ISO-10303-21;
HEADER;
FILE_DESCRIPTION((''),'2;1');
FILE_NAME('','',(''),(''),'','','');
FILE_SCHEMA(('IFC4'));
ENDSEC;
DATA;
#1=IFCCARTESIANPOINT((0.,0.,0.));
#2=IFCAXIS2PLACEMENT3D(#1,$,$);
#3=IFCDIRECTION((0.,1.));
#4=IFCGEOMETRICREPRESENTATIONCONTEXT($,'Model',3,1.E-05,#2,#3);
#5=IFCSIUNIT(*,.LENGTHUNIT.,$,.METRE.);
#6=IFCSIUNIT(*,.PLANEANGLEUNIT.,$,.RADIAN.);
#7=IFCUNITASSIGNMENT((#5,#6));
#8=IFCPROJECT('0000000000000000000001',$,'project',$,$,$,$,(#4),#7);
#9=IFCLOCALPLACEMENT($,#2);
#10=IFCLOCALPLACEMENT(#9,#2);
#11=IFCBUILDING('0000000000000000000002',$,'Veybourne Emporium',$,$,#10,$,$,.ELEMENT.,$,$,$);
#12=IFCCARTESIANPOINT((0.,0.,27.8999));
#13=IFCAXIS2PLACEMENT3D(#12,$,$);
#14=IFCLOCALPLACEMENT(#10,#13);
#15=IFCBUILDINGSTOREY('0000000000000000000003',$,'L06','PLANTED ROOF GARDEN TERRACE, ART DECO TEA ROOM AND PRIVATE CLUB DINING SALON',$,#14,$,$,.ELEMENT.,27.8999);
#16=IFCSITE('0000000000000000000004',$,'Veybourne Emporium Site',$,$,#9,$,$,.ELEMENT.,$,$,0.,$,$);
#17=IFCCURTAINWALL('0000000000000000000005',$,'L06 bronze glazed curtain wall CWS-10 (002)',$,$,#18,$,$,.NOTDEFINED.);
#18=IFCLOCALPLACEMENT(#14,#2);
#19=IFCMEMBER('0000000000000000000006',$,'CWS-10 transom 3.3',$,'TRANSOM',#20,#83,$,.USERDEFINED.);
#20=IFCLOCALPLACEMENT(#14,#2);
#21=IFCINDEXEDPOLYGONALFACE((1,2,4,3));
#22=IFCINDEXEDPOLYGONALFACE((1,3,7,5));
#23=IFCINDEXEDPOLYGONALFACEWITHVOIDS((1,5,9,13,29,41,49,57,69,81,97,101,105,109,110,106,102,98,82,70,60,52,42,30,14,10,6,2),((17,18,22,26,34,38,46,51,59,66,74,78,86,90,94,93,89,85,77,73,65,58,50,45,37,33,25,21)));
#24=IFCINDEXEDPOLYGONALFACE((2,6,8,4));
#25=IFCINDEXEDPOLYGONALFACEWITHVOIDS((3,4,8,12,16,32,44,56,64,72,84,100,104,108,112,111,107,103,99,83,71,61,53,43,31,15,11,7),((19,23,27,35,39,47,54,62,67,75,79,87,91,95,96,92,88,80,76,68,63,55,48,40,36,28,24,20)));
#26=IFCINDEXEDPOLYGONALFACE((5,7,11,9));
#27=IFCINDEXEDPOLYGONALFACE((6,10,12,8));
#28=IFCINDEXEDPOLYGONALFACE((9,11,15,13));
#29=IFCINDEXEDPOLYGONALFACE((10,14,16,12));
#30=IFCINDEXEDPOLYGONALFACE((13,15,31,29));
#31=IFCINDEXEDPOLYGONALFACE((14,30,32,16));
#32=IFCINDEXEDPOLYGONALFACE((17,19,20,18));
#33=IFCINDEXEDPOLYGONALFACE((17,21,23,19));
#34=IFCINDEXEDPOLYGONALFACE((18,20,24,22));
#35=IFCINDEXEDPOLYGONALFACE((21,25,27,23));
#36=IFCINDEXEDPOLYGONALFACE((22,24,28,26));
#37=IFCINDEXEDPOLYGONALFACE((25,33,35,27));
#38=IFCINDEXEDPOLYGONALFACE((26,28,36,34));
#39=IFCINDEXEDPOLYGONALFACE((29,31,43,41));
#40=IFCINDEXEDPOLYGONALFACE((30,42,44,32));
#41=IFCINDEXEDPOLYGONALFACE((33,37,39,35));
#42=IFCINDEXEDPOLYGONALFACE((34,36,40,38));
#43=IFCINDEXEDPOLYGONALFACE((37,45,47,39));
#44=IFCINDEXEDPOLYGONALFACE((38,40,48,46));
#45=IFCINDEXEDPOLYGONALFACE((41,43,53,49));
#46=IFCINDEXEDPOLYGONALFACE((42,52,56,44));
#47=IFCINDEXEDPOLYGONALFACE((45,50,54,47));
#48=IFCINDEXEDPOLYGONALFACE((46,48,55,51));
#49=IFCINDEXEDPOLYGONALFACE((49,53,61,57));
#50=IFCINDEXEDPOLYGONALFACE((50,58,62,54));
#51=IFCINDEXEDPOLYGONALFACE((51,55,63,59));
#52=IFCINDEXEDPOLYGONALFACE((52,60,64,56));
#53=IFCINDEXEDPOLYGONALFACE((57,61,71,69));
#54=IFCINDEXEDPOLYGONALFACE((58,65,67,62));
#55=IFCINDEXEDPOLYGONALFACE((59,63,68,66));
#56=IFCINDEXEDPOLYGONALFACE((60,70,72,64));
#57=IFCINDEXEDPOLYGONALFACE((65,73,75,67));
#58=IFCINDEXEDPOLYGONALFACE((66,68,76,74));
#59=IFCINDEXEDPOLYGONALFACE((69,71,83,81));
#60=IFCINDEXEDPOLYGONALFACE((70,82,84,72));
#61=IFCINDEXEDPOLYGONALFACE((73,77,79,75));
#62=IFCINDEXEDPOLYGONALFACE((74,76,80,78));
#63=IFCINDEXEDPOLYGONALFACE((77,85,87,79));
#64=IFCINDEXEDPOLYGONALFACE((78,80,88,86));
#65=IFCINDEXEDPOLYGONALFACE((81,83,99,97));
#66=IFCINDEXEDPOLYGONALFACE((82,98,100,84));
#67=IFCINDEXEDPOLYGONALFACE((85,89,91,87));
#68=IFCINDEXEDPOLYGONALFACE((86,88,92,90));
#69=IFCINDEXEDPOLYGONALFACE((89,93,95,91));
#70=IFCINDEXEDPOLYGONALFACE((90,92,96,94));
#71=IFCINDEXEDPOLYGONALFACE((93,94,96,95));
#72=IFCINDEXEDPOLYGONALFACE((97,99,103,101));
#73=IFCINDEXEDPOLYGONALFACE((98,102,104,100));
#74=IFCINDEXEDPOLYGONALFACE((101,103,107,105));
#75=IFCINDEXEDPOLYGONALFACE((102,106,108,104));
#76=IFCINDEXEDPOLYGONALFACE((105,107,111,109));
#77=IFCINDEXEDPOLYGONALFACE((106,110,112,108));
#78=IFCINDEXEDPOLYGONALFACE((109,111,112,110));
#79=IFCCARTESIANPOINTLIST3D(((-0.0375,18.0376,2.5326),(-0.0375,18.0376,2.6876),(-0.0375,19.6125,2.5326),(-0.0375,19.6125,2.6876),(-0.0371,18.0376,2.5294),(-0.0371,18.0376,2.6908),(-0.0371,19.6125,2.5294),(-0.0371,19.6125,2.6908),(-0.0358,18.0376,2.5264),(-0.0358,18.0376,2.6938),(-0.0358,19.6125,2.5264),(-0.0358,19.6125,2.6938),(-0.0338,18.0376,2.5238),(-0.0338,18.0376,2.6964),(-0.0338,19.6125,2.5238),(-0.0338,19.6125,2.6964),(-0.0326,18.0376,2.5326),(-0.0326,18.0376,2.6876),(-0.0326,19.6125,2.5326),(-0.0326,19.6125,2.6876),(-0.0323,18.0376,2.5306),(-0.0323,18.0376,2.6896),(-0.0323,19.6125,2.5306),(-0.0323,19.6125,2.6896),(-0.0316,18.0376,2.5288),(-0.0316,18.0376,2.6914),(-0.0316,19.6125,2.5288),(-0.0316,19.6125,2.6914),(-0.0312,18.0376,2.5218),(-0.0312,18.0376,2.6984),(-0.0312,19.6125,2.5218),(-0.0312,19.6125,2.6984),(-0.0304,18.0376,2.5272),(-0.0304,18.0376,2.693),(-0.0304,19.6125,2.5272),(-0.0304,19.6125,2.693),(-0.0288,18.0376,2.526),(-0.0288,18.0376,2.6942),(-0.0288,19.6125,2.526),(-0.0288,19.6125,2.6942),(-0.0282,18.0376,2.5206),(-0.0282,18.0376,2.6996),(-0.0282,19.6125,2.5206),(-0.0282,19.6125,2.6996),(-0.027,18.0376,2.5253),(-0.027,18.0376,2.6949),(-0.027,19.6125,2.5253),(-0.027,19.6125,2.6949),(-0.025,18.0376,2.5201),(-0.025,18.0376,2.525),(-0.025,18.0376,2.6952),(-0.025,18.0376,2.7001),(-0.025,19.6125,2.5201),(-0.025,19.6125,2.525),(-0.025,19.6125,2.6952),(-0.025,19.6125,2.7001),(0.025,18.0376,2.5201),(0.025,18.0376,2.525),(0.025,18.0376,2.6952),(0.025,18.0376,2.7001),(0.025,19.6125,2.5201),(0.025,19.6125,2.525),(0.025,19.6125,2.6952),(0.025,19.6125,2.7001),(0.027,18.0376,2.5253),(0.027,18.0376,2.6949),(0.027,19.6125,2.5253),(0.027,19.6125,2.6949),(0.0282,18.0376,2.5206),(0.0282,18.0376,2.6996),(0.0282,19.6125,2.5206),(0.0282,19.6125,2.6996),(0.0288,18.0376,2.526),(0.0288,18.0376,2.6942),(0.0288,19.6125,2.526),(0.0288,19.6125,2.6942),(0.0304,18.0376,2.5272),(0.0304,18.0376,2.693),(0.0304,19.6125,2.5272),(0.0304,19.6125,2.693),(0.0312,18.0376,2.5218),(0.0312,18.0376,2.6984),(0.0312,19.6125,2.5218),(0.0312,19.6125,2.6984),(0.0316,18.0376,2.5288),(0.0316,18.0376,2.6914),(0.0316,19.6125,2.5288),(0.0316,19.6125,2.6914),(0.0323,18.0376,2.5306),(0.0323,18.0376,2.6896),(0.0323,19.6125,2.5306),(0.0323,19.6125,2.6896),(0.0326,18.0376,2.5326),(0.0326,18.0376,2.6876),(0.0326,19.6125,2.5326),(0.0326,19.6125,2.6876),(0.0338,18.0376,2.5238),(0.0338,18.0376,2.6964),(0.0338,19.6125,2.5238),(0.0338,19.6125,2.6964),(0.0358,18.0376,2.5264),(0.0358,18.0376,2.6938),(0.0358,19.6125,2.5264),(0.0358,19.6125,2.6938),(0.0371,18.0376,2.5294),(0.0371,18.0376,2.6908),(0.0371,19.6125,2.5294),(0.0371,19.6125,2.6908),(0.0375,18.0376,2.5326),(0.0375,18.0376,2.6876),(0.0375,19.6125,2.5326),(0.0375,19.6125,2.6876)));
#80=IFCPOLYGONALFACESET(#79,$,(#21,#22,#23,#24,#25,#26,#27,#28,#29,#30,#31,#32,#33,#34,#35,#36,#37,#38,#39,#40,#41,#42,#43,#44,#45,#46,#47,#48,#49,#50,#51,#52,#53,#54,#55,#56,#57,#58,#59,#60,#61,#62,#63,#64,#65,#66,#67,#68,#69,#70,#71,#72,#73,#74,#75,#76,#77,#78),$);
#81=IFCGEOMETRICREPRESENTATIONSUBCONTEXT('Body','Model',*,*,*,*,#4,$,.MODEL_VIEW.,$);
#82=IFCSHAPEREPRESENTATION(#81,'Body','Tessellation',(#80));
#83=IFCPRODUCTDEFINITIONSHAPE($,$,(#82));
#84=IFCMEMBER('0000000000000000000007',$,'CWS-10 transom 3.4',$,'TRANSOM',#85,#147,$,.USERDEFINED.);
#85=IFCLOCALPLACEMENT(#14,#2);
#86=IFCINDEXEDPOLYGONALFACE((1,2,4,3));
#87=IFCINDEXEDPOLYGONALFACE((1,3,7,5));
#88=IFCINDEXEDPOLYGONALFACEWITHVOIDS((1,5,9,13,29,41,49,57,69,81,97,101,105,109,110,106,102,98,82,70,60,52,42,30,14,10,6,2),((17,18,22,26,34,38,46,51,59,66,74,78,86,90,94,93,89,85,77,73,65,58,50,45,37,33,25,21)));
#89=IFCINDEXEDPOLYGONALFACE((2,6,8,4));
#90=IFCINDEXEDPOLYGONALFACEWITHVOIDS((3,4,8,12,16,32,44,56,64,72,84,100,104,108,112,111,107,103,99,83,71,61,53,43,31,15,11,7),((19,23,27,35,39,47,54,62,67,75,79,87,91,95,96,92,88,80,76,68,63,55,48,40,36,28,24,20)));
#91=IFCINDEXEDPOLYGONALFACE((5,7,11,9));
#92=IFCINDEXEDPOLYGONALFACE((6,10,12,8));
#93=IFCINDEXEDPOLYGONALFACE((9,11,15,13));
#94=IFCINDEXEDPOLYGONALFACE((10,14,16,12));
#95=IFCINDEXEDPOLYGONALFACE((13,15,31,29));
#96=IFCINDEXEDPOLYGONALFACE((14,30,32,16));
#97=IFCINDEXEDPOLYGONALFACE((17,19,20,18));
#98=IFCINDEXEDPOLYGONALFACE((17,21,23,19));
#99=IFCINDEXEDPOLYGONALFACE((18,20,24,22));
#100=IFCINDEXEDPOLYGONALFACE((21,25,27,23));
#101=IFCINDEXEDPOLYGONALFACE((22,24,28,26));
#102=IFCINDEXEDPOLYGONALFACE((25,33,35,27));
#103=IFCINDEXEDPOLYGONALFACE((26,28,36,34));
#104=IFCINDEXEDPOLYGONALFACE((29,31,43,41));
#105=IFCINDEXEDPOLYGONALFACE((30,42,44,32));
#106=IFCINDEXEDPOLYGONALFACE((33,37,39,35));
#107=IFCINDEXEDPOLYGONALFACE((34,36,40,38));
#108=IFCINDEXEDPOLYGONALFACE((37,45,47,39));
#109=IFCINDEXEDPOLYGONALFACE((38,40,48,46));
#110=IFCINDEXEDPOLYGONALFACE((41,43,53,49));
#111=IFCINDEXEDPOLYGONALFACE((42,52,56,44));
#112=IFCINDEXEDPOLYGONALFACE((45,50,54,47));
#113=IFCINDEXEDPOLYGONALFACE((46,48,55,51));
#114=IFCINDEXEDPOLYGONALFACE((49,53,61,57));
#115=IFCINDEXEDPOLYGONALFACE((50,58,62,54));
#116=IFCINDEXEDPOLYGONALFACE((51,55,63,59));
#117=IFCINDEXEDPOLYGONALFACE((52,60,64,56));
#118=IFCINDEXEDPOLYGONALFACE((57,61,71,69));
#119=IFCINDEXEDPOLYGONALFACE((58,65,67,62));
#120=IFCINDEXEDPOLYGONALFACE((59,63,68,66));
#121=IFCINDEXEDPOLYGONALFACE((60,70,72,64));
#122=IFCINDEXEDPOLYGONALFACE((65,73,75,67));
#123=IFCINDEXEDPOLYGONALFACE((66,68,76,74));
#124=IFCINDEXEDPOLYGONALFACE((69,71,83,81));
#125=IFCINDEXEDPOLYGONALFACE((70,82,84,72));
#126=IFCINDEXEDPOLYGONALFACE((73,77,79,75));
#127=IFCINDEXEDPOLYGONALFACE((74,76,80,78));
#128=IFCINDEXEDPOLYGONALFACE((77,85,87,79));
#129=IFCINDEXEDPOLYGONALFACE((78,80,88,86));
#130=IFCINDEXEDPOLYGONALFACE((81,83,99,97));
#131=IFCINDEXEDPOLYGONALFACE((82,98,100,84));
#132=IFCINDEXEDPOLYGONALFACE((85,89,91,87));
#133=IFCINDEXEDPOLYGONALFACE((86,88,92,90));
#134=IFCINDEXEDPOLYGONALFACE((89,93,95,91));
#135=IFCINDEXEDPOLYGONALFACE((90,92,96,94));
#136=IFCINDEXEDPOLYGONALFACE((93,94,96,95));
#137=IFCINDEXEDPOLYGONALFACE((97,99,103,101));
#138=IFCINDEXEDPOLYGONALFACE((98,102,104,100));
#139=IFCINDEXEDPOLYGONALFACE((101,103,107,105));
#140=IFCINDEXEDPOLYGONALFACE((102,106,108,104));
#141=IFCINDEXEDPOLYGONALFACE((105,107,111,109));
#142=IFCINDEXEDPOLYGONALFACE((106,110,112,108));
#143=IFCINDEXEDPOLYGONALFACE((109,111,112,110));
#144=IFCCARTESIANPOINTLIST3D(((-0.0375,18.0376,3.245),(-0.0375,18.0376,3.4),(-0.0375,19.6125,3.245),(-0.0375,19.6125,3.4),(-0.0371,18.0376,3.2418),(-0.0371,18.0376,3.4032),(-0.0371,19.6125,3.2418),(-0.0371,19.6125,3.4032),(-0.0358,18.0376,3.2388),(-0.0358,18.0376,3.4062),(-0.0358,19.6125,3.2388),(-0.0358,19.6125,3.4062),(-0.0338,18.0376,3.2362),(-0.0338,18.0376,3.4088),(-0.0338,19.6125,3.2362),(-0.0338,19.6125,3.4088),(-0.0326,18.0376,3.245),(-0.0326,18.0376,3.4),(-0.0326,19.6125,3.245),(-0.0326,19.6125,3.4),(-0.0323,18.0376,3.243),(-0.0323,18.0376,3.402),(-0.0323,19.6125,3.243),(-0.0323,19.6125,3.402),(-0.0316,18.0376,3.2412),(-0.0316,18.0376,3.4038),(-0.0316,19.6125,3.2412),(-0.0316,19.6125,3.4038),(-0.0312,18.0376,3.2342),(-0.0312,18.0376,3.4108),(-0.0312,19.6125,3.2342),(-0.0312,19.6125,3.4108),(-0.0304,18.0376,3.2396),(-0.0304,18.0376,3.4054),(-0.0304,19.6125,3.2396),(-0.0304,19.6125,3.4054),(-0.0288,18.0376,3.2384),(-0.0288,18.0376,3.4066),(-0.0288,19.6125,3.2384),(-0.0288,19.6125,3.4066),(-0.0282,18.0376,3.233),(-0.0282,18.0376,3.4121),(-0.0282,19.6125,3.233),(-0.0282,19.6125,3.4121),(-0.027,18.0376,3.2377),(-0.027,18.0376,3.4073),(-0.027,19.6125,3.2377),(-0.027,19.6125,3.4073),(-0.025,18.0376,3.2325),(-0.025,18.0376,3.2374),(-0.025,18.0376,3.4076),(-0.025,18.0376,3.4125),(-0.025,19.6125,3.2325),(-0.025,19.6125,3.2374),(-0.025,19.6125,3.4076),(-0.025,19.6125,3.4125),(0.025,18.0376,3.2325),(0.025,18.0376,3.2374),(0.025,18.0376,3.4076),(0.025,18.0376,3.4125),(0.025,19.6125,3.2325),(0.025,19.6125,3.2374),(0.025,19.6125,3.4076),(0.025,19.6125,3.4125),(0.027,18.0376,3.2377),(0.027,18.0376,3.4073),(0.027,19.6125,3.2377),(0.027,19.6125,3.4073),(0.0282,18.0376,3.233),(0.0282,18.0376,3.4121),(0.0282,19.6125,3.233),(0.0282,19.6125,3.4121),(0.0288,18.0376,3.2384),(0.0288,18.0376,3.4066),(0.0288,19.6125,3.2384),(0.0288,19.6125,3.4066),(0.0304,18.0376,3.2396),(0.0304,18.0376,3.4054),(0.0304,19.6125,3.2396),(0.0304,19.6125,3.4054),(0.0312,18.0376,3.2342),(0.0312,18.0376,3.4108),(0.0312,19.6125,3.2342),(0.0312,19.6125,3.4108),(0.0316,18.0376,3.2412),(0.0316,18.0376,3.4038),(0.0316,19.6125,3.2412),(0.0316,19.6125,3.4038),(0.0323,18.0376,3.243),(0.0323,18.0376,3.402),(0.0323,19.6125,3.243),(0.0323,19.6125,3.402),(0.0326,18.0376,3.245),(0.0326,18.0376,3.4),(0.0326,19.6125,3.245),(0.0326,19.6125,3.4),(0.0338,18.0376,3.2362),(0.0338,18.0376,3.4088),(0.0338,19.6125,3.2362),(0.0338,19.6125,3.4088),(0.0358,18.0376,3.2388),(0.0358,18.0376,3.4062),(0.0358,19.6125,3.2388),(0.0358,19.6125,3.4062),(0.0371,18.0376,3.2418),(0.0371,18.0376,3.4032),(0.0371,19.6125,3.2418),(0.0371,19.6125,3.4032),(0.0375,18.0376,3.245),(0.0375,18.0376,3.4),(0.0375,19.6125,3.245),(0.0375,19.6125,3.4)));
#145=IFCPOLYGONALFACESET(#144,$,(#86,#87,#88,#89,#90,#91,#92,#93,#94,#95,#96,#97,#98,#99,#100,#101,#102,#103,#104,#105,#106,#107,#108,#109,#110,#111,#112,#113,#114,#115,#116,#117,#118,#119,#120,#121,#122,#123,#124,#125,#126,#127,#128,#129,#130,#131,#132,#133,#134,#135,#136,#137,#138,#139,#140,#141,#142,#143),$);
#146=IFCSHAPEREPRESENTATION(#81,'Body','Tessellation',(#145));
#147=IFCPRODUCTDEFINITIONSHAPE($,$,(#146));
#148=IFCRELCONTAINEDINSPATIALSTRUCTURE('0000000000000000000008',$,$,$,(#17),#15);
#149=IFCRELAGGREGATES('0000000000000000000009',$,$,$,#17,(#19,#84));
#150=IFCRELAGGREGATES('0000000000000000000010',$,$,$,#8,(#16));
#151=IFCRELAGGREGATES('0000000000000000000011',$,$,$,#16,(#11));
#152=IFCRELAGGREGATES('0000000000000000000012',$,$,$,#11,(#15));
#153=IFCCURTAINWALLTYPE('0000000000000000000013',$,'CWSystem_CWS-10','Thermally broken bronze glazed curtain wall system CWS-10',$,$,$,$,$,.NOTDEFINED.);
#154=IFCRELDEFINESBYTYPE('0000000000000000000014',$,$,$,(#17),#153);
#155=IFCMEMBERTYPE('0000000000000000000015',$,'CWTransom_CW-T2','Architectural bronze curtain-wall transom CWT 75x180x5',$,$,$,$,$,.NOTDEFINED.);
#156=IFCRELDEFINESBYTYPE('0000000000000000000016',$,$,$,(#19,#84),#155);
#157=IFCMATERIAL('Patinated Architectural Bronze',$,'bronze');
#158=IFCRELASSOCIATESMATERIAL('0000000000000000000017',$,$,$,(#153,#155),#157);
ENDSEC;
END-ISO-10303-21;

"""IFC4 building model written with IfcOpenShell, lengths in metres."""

from ifc_helpers import new_model, si_unit, direction, frame, origin, origin_2d, place, context, subcontext, project, spatial, hollow_rectangle, extrude, material, material_profile, profile_set, type_object, element, aggregate, save


model = new_model("IFC4")

# Units and contexts
model_context = context("Model", 3, precision=1e-05, world=origin(), true_north=direction((0.0, 1.0)))
body_context = subcontext(model_context, "Body", "Model", "MODEL_VIEW")
ifc_project = project(units=[si_unit("LENGTHUNIT", "METRE"), si_unit("PLANEANGLEUNIT", "RADIAN")], contexts=[model_context])

# Site, building, storey
site_placement = place(None, origin())
site = spatial("IfcSite", under=ifc_project, at=site_placement, Name="Veybourne Emporium Site", CompositionType="ELEMENT", RefElevation=0.0)
building_placement = place(site_placement, origin())
building = spatial("IfcBuilding", under=site, at=building_placement, Name="Veybourne Emporium", CompositionType="ELEMENT")
storey_placement = place(building_placement, frame((0.0, 0.0, 27.8999)))
storey = spatial("IfcBuildingStorey", under=building, at=storey_placement, Name="L06", Description="PLANTED ROOF GARDEN TERRACE, ART DECO TEA ROOM AND PRIVATE CLUB DINING SALON", CompositionType="ELEMENT", Elevation=27.8999)

# Curtain wall, members
ifc_material_1 = material(Name="Patinated Architectural Bronze", Category="bronze")
curtain_wall_type = type_object("IfcCurtainWallType", Name="CWSystem_CWS-10", Description="Thermally broken bronze glazed curtain wall system CWS-10", PredefinedType="NOTDEFINED", material=ifc_material_1)
curtain_wall_placement = place(storey_placement, origin())
curtain_wall = element("IfcCurtainWall", 1, at=curtain_wall_placement, inside=storey, type_object=curtain_wall_type, Name="L06 bronze glazed curtain wall CWS-10 (002)", PredefinedType="NOTDEFINED")
ifc_material_profile_1 = material_profile(ifc_material_1, hollow_rectangle(XDim=0.075, YDim=0.1799, WallThickness=0.0049, InnerFilletRadius=0.0076, OuterFilletRadius=0.0125, at=origin_2d()), Name="CWT 75x180x5")
ifc_profile_set_1 = profile_set([ifc_material_profile_1], Name="Patinated Architectural Bronze")
member_type_1 = type_object("IfcMemberType", Name="CWTransom_CW-T2", Description="Architectural bronze curtain-wall transom CWT 75x180x5", PredefinedType="NOTDEFINED", material=ifc_profile_set_1)
member_1_placement = place(storey_placement, frame((0.0, 18.0376, 2.6101), z_axis=(0.0, 1.0, 0.0), x_axis=(-1.0, 0.0, 0.0)))
member_1 = element("IfcMember", 2, at=member_1_placement, type_object=member_type_1, Name="CWS-10 transom 3.3", ObjectType="TRANSOM", PredefinedType="USERDEFINED", context=body_context, shape_type="SweptSolid", body=[
    extrude(hollow_rectangle(XDim=0.075, YDim=0.1799, WallThickness=0.0049, InnerFilletRadius=0.0076, OuterFilletRadius=0.0125, at=origin_2d()), origin(), (0.0, 0.0, 1.0), 1.575),
])
member_2_placement = place(storey_placement, frame((0.0, 18.0376, 3.3225), z_axis=(0.0, 1.0, 0.0), x_axis=(-1.0, 0.0, 0.0)))
member_2 = element("IfcMember", 3, at=member_2_placement, type_object=member_type_1, Name="CWS-10 transom 3.4", ObjectType="TRANSOM", PredefinedType="USERDEFINED", context=body_context, shape_type="SweptSolid", body=[
    extrude(hollow_rectangle(XDim=0.075, YDim=0.1799, WallThickness=0.0049, InnerFilletRadius=0.0076, OuterFilletRadius=0.0125, at=origin_2d()), origin(), (0.0, 0.0, 1.0), 1.575),
])

aggregate(curtain_wall, [member_1, member_2])

save(model, "model.ifc")
